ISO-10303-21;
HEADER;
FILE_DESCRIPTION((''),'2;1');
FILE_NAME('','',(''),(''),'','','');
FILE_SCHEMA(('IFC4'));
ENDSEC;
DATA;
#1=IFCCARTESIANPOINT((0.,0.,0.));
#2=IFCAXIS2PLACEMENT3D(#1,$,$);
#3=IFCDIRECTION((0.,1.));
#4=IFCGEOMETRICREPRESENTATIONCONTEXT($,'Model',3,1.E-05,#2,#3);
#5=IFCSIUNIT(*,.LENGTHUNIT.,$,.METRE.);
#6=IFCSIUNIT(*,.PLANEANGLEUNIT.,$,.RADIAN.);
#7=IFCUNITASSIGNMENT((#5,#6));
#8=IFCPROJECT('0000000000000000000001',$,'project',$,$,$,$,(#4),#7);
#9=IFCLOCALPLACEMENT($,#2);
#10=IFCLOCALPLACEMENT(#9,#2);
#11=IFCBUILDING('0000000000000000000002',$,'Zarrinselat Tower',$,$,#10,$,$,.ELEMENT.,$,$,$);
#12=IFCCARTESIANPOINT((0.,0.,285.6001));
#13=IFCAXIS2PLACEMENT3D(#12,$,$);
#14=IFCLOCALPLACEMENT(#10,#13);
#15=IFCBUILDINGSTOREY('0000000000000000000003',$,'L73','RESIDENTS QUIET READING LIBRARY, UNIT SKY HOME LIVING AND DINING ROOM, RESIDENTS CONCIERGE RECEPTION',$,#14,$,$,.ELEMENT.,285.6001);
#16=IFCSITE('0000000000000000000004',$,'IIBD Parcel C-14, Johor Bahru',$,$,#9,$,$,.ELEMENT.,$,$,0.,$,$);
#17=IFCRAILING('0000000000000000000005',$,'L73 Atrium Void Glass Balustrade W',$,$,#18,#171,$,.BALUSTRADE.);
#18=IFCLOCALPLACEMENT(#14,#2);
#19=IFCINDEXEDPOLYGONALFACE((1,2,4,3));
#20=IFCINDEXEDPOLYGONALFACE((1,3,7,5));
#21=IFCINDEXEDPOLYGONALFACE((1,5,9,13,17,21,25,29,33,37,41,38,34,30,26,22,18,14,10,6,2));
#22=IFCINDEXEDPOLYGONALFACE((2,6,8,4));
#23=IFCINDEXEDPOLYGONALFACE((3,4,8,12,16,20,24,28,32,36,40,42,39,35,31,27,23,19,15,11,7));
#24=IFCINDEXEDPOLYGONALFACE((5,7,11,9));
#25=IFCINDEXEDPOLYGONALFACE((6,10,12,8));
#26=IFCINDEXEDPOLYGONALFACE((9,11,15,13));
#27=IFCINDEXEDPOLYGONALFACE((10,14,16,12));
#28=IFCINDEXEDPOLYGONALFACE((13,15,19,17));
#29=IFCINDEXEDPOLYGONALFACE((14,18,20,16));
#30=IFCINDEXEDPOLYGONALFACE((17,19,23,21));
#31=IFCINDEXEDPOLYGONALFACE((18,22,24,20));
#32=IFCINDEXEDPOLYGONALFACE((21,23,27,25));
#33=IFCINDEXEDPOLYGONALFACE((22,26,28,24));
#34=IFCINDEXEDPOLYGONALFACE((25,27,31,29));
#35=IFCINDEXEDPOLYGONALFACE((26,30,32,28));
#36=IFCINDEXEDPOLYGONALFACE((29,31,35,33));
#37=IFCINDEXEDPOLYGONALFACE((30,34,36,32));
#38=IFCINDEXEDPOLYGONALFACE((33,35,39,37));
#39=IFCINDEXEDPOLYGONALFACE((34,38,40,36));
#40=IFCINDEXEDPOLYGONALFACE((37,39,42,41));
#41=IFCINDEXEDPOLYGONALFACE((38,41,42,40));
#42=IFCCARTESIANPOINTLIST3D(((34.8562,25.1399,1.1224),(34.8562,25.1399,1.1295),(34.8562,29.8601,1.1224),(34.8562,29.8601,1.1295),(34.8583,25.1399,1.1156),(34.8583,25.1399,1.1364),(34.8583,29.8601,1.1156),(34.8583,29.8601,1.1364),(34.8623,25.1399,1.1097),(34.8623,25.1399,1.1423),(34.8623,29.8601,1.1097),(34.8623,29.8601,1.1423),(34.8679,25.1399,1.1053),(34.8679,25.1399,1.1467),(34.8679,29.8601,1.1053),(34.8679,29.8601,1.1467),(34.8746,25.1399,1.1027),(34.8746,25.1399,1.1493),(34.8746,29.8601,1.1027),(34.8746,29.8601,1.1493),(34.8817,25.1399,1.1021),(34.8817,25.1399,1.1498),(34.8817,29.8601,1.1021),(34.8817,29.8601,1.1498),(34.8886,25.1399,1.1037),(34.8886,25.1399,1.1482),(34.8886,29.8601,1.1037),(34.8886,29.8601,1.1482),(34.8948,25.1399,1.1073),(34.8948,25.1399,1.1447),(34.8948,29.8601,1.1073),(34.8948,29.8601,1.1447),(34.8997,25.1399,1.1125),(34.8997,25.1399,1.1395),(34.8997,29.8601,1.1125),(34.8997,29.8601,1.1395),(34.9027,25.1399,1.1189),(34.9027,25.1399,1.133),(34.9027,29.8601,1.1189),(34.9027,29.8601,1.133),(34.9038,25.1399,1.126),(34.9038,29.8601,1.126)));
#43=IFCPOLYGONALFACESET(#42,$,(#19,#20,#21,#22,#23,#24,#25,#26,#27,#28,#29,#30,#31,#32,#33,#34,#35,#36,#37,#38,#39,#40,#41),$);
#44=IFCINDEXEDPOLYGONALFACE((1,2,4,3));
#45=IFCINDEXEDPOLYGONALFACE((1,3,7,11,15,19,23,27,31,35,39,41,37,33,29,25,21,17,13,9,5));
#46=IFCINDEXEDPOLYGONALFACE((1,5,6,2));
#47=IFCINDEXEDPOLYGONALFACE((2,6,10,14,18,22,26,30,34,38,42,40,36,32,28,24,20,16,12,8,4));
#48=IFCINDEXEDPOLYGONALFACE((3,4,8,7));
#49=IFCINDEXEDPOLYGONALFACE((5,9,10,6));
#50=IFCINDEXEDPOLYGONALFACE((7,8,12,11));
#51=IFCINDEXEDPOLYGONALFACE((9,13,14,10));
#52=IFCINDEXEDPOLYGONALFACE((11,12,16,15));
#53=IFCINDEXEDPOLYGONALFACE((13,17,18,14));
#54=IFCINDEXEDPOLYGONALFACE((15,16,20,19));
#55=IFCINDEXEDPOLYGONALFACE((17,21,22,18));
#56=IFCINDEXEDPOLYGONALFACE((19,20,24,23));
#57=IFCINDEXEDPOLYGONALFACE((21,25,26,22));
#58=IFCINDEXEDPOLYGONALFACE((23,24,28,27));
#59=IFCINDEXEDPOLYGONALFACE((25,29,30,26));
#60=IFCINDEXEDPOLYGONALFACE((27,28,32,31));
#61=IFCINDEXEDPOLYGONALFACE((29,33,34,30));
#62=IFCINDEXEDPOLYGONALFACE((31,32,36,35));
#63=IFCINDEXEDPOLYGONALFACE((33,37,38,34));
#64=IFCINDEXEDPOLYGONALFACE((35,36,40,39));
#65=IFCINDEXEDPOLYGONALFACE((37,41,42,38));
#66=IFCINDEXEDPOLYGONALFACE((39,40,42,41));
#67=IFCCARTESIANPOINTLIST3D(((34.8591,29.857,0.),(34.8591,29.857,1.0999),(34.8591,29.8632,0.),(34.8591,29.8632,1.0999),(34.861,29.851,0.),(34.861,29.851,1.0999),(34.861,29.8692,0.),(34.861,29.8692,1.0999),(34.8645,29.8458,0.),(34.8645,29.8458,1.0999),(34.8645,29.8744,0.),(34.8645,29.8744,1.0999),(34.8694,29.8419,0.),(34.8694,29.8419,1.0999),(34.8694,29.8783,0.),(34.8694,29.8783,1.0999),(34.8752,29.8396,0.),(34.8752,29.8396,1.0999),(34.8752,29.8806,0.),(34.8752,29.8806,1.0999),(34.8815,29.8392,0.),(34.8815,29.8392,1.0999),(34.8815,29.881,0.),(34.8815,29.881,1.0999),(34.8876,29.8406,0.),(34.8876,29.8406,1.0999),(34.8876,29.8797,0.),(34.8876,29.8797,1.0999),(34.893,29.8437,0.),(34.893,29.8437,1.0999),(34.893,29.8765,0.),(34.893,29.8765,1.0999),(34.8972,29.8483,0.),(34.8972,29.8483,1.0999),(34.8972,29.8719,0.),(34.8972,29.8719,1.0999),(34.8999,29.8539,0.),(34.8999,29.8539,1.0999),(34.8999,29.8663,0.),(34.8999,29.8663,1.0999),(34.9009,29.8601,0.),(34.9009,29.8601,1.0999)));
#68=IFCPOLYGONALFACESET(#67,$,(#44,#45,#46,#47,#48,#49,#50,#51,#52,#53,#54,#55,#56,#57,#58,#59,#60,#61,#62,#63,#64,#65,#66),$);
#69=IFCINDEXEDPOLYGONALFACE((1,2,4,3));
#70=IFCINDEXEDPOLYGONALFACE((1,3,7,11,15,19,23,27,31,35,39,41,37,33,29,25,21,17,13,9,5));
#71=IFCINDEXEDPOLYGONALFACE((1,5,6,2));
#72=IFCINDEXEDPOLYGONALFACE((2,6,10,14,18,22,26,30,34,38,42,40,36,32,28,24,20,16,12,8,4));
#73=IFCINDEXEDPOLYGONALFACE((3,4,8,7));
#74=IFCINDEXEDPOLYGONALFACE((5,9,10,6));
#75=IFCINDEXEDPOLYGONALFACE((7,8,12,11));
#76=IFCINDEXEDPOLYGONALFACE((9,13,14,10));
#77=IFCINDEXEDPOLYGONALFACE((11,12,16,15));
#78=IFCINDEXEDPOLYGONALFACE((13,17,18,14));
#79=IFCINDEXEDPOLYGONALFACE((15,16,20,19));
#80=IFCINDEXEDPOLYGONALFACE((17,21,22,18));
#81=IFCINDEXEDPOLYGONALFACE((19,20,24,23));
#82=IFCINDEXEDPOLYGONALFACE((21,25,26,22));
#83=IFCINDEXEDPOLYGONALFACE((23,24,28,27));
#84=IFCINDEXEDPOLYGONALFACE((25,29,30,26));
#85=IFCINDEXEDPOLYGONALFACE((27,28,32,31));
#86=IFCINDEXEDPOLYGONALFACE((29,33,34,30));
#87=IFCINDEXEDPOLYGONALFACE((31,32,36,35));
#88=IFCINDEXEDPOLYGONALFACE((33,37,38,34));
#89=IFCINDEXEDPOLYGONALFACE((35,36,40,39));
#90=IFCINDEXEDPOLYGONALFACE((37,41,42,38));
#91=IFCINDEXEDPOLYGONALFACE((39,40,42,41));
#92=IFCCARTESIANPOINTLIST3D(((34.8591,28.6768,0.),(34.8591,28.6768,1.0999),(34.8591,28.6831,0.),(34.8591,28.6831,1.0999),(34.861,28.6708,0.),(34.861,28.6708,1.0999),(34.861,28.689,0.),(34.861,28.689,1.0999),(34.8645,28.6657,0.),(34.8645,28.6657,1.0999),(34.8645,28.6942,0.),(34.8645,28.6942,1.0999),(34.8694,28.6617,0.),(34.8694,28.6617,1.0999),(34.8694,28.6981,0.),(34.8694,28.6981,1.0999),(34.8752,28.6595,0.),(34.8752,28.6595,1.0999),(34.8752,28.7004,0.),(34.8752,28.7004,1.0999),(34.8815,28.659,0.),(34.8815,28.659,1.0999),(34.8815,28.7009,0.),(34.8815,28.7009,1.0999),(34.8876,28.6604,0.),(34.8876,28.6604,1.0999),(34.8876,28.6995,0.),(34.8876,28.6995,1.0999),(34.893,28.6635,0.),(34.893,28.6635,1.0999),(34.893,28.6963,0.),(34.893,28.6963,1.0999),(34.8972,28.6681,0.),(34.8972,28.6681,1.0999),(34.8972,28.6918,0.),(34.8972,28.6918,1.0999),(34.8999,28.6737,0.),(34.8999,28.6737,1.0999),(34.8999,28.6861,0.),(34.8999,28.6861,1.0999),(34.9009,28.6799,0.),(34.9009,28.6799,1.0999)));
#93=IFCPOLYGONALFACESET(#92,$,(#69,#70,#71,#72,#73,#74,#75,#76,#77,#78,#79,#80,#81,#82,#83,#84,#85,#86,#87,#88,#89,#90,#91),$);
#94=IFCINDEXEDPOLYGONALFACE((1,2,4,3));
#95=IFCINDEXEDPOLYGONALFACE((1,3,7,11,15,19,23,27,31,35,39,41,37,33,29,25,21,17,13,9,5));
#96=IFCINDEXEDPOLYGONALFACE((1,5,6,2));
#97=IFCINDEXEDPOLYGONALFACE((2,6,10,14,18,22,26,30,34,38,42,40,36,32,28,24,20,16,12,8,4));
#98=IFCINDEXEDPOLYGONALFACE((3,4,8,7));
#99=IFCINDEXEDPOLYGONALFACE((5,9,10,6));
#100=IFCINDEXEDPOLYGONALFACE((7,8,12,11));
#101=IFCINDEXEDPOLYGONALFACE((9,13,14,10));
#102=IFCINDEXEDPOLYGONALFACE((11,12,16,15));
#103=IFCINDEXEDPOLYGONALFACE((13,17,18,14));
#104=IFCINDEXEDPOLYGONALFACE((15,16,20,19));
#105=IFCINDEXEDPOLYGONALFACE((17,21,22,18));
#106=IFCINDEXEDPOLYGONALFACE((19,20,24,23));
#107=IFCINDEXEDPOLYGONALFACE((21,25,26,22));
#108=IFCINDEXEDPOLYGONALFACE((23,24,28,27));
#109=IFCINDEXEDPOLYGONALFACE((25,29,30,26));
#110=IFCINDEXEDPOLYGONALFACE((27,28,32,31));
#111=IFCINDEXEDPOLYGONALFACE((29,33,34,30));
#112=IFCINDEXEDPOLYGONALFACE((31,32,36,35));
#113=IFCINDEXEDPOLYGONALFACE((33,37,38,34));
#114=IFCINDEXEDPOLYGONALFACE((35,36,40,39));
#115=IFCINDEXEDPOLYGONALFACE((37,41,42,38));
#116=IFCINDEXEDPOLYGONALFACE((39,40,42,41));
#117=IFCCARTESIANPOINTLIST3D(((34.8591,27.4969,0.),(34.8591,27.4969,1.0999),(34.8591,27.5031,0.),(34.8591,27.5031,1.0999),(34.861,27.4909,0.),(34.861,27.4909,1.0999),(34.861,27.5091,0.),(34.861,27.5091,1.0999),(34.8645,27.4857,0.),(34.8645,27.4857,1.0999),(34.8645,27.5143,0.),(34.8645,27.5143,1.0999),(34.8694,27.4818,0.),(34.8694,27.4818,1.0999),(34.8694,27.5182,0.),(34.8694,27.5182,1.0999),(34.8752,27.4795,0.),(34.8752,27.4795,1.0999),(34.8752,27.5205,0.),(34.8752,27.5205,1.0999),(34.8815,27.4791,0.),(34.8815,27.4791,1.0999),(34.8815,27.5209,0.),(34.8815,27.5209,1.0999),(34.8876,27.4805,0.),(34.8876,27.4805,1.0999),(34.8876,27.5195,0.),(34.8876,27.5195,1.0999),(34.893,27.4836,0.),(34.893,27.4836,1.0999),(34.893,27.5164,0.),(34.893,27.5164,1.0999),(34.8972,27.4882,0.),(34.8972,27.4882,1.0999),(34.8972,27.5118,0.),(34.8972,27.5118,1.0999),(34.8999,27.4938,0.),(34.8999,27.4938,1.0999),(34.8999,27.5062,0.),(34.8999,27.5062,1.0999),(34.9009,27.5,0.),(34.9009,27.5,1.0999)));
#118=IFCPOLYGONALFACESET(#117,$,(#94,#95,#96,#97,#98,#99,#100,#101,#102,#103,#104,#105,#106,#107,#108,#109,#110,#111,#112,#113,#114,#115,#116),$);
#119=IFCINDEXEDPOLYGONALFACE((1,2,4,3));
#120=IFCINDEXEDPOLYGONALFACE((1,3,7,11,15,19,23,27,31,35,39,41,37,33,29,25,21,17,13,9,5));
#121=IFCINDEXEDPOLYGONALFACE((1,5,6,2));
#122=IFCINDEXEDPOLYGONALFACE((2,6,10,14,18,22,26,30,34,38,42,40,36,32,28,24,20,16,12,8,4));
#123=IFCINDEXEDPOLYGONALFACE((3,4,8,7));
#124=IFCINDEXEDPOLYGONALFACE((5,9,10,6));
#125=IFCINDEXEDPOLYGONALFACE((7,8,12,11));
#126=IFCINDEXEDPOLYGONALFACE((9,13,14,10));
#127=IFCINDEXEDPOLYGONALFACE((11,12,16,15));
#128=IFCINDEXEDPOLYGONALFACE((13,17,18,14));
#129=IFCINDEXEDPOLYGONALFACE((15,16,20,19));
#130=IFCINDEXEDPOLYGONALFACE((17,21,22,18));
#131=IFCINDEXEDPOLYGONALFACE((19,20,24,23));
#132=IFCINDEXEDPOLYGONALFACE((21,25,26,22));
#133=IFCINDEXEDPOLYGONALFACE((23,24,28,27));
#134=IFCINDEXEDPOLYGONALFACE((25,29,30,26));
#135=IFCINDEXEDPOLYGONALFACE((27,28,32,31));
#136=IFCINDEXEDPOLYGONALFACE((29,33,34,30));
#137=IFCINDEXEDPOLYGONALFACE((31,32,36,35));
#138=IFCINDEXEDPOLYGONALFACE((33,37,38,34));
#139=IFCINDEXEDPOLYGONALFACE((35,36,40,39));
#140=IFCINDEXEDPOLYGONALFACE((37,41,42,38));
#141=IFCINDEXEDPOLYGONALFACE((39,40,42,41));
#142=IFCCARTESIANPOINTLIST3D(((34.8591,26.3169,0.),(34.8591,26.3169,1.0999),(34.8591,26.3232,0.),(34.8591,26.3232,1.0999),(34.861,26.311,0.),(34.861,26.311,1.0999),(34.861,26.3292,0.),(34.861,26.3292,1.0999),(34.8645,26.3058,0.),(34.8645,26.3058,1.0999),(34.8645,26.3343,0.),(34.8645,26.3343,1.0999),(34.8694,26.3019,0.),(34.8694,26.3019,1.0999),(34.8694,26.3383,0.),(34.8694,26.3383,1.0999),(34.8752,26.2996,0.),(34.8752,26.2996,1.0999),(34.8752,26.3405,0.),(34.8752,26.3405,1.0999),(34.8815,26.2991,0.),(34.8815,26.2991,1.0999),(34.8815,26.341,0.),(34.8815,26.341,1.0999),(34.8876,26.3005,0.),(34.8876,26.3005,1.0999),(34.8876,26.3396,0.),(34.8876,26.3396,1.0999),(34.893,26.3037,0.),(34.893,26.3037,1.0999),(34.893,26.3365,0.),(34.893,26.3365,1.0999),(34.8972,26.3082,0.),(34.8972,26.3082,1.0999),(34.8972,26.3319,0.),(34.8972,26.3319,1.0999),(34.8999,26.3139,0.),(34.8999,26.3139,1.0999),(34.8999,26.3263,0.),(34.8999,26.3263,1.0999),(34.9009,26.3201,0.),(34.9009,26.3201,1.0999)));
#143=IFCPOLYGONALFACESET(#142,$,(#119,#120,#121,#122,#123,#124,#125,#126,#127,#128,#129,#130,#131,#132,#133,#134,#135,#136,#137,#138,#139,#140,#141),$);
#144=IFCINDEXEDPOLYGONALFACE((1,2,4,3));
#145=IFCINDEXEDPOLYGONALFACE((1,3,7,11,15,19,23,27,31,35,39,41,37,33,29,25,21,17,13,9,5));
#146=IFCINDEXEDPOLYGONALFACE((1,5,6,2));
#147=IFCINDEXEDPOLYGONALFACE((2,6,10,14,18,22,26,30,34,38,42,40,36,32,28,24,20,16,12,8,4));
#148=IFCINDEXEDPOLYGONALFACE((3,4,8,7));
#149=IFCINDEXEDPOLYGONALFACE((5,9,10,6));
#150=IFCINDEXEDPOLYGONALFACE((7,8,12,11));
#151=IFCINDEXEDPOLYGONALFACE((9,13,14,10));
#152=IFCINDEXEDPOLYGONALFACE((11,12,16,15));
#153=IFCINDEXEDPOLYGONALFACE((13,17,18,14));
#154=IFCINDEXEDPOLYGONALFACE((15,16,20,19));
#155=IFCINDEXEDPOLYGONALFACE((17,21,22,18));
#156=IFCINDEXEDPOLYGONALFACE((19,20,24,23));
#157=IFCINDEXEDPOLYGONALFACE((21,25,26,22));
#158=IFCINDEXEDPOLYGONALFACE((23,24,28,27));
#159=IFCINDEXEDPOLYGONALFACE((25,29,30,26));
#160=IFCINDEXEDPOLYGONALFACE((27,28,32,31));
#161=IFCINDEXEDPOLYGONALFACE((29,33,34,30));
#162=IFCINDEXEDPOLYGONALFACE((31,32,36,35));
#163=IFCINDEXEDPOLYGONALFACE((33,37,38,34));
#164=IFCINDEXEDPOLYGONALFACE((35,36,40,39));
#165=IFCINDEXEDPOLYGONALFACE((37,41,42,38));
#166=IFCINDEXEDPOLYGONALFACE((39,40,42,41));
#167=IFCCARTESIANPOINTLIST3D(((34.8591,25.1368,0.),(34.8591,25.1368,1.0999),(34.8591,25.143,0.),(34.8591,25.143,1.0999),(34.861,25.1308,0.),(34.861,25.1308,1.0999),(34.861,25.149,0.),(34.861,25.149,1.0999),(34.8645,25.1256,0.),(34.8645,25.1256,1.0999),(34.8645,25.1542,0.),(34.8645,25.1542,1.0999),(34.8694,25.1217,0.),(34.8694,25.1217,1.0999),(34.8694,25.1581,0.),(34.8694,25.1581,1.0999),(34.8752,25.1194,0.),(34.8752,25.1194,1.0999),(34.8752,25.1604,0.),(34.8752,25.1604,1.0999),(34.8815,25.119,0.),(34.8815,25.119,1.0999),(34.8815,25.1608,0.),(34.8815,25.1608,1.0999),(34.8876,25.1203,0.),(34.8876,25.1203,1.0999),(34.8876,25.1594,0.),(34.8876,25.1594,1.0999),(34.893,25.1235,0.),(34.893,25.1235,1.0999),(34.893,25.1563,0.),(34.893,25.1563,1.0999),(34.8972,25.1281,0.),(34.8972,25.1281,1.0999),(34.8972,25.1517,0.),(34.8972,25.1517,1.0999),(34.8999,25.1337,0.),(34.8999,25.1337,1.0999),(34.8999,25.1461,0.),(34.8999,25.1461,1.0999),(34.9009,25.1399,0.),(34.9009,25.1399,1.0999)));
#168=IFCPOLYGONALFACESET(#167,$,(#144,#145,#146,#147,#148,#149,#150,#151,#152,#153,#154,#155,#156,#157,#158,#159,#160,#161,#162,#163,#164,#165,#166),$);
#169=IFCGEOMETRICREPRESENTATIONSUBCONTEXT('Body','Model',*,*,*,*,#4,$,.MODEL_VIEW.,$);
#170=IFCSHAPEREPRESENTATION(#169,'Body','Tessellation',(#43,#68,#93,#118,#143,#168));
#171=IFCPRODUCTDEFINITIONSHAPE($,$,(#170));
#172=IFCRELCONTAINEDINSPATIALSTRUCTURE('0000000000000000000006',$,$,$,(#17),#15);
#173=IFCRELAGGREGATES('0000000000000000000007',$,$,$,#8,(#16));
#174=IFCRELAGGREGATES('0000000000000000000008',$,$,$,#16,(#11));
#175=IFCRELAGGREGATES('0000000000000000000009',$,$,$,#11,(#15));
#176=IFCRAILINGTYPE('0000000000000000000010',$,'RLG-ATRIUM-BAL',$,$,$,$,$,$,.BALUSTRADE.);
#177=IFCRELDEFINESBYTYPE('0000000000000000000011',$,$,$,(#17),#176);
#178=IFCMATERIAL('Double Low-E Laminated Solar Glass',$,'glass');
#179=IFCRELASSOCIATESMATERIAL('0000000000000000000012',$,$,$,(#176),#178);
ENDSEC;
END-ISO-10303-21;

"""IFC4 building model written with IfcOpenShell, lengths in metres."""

from ifc_helpers import new_model, si_unit, direction, frame, origin, origin_2d, place, context, subcontext, project, spatial, circle, extrude, material, type_object, element, save


model = new_model("IFC4")

# Units and contexts
model_context = context("Model", 3, precision=1e-05, world=origin(), true_north=direction((0.0, 1.0)))
body_context = subcontext(model_context, "Body", "Model", "MODEL_VIEW")
ifc_project = project(units=[si_unit("LENGTHUNIT", "METRE"), si_unit("PLANEANGLEUNIT", "RADIAN")], contexts=[model_context])

# Site, building, storey
site_placement = place(None, origin())
site = spatial("IfcSite", under=ifc_project, at=site_placement, Name="IIBD Parcel C-14, Johor Bahru", CompositionType="ELEMENT", RefElevation=0.0)
building_placement = place(site_placement, origin())
building = spatial("IfcBuilding", under=site, at=building_placement, Name="Zarrinselat Tower", CompositionType="ELEMENT")
storey_placement = place(building_placement, frame((0.0, 0.0, 285.6001)))
storey = spatial("IfcBuildingStorey", under=building, at=storey_placement, Name="L73", Description="RESIDENTS QUIET READING LIBRARY, UNIT SKY HOME LIVING AND DINING ROOM, RESIDENTS CONCIERGE RECEPTION", CompositionType="ELEMENT", Elevation=285.6001)

# Railing
ifc_material_1 = material(Name="Double Low-E Laminated Solar Glass", Category="glass")
railing_type_1 = type_object("IfcRailingType", Name="RLG-ATRIUM-BAL", PredefinedType="BALUSTRADE", material=ifc_material_1)
railing_1_placement = place(storey_placement, frame((34.8799, 29.8601, 0.0)))
element("IfcRailing", 1, at=railing_1_placement, inside=storey, type_object=railing_type_1, Name="L73 Atrium Void Glass Balustrade W", PredefinedType="BALUSTRADE", context=body_context, shape_type="SweptSolid", body=[
    extrude(circle(Radius=0.0239, at=origin_2d()), frame((0.0, 0.0, 1.126), z_axis=(0.0, -1.0, 0.0), x_axis=(1.0, 0.0, 0.0)), (0.0, 0.0, 1.0), 4.7202),
    extrude(circle(Radius=0.021, at=origin_2d()), origin(), (0.0, 0.0, 1.0), 1.0999),
    extrude(circle(Radius=0.021, at=origin_2d()), frame((0.0, -1.1802, 0.0)), (0.0, 0.0, 1.0), 1.0999),
    extrude(circle(Radius=0.021, at=origin_2d()), frame((0.0, -2.3601, 0.0)), (0.0, 0.0, 1.0), 1.0999),
    extrude(circle(Radius=0.021, at=origin_2d()), frame((0.0, -3.54, 0.0)), (0.0, 0.0, 1.0), 1.0999),
    extrude(circle(Radius=0.021, at=origin_2d()), frame((0.0, -4.7202, 0.0)), (0.0, 0.0, 1.0), 1.0999),
])

save(model, "model.ifc")
